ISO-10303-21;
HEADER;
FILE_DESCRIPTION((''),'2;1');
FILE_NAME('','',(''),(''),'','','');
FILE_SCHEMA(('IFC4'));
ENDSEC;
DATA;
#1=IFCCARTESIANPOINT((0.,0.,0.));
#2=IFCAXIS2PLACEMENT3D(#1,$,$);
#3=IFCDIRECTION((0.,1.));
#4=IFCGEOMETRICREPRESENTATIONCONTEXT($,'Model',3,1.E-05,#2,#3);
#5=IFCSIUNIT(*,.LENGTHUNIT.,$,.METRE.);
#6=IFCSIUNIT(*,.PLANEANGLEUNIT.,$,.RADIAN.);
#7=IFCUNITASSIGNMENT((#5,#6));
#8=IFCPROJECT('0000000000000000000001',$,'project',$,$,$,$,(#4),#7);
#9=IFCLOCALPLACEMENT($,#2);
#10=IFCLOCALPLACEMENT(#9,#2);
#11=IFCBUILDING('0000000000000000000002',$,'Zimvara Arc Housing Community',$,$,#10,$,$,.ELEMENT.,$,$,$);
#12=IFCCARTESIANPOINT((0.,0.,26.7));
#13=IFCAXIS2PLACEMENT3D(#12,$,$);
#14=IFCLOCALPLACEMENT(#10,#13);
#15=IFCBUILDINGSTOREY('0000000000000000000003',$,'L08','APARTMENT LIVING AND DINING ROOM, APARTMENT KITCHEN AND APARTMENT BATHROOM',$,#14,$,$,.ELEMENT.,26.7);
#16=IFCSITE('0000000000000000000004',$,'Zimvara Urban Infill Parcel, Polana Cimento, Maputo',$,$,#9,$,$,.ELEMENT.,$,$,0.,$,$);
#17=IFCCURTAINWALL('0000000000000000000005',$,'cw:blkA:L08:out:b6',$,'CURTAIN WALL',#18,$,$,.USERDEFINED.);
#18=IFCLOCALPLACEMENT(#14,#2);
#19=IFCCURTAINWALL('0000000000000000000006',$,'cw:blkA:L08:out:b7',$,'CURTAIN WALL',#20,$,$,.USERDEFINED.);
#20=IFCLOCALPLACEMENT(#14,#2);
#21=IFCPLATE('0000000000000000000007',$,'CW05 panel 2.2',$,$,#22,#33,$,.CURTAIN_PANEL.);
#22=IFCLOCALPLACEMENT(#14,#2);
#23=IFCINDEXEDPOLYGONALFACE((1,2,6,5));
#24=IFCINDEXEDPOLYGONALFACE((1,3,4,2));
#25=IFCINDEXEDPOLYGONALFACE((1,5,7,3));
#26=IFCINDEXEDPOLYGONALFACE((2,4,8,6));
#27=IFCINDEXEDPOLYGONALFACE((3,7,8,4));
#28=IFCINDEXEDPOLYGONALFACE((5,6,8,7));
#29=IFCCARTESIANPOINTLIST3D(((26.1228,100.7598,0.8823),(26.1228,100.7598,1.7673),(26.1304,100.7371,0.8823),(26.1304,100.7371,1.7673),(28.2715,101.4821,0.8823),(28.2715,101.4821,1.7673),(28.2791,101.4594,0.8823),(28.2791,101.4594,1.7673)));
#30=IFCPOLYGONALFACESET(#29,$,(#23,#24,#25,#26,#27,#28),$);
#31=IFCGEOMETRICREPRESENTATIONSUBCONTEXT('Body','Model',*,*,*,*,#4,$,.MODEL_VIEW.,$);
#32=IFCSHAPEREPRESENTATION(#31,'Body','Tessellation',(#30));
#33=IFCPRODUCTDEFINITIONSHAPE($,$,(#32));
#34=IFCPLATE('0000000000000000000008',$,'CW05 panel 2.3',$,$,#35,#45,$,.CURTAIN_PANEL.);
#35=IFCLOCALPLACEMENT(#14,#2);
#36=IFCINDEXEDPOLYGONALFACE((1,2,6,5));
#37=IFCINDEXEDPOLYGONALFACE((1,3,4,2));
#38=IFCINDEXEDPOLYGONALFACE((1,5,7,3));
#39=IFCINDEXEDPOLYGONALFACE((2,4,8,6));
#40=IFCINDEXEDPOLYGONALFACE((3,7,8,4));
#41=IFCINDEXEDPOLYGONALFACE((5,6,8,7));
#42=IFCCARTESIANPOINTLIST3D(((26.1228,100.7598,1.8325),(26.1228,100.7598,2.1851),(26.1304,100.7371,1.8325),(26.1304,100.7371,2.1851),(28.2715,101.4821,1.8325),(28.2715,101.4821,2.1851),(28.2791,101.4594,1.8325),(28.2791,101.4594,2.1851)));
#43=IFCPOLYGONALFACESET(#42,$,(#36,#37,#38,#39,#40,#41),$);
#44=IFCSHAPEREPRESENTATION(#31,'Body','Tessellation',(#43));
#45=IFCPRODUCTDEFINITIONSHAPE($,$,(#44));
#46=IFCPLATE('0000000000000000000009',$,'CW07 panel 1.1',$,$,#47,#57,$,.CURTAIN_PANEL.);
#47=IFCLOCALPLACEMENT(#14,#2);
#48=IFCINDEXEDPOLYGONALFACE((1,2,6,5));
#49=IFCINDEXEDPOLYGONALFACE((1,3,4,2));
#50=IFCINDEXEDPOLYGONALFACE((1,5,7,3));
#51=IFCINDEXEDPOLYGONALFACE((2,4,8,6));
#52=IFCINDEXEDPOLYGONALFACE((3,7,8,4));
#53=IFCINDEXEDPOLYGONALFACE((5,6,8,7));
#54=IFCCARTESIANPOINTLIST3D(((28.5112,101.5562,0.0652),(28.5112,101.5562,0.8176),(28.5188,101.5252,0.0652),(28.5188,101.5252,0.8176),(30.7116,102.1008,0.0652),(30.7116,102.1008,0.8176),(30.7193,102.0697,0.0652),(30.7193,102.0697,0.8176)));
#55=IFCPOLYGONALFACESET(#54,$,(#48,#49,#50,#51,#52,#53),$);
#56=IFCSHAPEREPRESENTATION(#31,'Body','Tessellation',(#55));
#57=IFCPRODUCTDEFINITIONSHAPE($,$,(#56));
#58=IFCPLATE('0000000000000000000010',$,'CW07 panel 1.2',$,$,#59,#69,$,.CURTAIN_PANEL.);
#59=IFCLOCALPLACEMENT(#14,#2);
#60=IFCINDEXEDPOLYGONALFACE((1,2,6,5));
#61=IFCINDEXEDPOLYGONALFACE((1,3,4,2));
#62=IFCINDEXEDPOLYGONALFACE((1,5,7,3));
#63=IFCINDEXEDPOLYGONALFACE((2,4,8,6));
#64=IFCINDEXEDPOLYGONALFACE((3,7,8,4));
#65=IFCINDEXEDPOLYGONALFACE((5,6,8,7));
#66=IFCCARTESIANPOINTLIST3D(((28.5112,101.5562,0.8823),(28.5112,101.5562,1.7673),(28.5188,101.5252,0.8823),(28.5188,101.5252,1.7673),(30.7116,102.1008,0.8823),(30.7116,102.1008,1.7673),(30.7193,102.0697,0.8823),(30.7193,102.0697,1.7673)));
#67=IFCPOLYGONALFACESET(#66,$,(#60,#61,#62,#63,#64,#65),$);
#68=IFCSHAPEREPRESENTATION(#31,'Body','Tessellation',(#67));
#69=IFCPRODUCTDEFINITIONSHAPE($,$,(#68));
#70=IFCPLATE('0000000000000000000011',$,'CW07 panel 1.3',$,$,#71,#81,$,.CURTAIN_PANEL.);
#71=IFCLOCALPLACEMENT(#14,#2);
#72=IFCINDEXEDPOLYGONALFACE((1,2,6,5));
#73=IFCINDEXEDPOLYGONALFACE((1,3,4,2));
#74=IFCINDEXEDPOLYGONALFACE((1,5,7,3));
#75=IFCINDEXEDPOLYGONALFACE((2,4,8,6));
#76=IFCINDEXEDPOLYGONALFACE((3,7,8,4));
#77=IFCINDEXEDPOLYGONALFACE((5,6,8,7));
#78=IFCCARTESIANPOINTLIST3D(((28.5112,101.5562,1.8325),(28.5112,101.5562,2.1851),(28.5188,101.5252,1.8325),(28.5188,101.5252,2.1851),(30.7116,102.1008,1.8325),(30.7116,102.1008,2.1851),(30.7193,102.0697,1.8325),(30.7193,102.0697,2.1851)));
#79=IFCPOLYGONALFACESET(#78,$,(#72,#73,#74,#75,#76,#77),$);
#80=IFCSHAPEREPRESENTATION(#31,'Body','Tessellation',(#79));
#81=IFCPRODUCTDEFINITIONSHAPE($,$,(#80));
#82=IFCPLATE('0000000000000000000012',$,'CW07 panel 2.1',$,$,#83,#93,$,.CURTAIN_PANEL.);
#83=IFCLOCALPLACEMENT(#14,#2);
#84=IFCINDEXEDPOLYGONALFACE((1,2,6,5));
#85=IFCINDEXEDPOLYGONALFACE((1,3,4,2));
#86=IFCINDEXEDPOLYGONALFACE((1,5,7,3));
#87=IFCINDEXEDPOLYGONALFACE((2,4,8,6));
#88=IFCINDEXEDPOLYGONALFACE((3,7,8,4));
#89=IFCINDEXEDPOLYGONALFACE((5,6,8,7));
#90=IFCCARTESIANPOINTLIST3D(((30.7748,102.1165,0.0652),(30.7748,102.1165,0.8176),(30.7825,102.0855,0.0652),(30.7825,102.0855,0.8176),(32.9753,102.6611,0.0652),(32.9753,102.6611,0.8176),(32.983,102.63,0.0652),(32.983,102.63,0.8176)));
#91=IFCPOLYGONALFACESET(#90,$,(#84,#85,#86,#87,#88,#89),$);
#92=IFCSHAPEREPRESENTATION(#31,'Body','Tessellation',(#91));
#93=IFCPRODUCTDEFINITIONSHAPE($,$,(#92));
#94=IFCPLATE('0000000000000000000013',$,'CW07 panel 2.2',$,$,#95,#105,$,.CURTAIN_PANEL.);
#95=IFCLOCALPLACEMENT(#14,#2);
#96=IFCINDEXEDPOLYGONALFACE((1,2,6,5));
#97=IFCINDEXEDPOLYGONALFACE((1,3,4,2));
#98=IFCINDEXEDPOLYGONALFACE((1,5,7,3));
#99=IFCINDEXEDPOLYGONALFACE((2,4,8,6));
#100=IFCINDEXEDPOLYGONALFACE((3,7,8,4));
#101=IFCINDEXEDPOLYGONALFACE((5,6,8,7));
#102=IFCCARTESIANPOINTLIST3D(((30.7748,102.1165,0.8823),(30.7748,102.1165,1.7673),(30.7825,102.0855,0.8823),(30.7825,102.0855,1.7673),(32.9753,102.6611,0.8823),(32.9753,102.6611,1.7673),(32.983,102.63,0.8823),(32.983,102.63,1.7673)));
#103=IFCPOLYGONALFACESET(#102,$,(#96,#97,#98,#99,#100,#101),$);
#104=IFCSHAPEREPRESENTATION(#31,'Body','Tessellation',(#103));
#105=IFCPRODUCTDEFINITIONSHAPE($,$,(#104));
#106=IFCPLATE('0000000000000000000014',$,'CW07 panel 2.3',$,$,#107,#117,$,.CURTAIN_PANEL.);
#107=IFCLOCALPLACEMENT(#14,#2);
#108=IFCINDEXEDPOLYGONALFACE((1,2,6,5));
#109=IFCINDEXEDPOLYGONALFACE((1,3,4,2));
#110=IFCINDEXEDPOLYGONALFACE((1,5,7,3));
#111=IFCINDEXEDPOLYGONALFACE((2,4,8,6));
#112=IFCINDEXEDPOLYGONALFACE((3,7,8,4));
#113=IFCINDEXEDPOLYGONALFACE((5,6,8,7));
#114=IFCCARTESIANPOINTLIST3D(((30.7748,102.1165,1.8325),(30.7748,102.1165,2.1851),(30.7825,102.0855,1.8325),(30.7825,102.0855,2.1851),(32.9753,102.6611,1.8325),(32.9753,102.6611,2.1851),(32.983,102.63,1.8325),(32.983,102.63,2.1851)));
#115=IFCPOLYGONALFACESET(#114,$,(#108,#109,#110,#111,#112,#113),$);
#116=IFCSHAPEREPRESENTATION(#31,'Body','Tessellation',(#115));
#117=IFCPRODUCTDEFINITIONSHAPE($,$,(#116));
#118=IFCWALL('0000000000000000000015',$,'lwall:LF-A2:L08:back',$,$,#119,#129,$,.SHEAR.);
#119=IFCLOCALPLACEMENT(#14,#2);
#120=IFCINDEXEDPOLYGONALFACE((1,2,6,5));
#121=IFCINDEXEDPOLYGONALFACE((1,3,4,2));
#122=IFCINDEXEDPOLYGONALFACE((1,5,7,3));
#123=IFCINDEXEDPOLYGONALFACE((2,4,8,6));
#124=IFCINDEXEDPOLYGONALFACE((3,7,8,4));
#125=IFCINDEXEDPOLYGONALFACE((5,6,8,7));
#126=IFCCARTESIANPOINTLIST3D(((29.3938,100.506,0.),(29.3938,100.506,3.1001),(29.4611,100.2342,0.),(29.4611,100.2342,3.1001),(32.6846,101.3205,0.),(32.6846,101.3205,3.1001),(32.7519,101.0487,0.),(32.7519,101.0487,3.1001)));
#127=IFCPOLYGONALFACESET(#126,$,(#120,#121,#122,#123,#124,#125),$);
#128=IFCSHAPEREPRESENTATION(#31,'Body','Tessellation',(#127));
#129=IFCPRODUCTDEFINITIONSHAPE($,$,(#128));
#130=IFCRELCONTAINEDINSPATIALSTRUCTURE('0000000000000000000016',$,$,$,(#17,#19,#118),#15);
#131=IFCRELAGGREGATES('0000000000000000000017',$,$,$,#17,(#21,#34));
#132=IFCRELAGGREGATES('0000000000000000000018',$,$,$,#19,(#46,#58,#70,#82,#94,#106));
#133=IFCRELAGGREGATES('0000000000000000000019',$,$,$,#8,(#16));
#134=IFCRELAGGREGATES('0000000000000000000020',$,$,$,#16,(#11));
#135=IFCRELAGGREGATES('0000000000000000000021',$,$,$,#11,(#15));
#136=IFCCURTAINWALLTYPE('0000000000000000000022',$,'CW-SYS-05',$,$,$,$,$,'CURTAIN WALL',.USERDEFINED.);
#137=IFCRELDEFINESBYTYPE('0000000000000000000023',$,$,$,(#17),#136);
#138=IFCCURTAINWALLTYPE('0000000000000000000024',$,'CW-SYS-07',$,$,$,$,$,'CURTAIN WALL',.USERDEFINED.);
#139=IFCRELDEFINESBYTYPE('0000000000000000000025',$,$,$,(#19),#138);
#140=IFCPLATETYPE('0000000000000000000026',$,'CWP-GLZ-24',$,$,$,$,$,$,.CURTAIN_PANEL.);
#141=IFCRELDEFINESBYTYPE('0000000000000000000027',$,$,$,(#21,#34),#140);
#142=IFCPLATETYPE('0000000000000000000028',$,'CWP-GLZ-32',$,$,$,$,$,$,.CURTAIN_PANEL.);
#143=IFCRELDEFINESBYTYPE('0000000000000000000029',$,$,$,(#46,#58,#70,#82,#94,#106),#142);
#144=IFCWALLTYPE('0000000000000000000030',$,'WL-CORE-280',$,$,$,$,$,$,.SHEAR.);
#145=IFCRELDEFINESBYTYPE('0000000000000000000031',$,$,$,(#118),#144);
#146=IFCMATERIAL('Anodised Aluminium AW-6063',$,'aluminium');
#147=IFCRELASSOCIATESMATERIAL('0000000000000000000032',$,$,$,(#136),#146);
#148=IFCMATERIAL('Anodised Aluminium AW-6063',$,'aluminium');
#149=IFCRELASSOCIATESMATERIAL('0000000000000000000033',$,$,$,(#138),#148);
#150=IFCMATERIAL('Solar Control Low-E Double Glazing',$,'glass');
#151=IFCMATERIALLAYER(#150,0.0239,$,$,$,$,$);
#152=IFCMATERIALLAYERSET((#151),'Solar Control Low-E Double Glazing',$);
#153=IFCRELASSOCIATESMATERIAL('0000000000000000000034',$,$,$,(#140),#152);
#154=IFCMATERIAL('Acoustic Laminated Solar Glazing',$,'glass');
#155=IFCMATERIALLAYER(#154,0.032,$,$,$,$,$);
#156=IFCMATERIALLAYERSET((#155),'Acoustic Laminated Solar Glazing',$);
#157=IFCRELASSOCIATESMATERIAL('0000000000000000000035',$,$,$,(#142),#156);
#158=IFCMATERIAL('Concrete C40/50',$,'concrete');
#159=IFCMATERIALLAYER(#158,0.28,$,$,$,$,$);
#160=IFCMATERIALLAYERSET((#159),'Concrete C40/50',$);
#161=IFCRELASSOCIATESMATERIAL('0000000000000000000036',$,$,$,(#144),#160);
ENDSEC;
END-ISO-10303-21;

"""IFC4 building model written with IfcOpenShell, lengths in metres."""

from ifc_helpers import new_model, si_unit, direction, frame, frame_2d, origin, origin_2d, place, context, subcontext, project, spatial, rectangle, extrude, material, layer, layer_set, type_object, element, aggregate, save


model = new_model("IFC4")

# Units and contexts
model_context = context("Model", 3, precision=1e-05, world=origin(), true_north=direction((0.0, 1.0)))
body_context = subcontext(model_context, "Body", "Model", "MODEL_VIEW")
ifc_project = project(units=[si_unit("LENGTHUNIT", "METRE"), si_unit("PLANEANGLEUNIT", "RADIAN")], contexts=[model_context])

# Site, building, storey
site_placement = place(None, origin())
site = spatial("IfcSite", under=ifc_project, at=site_placement, Name="Zimvara Urban Infill Parcel, Polana Cimento, Maputo", CompositionType="ELEMENT", RefElevation=0.0)
building_placement = place(site_placement, origin())
building = spatial("IfcBuilding", under=site, at=building_placement, Name="Zimvara Arc Housing Community", CompositionType="ELEMENT")
storey_placement = place(building_placement, frame((0.0, 0.0, 26.7)))
storey = spatial("IfcBuildingStorey", under=building, at=storey_placement, Name="L08", Description="APARTMENT LIVING AND DINING ROOM, APARTMENT KITCHEN AND APARTMENT BATHROOM", CompositionType="ELEMENT", Elevation=26.7)

# Curtain wall
ifc_material_1 = material(Name="Anodised Aluminium AW-6063", Category="aluminium")
curtain_wall_type_1 = type_object("IfcCurtainWallType", Name="CW-SYS-05", ElementType="CURTAIN WALL", PredefinedType="USERDEFINED", material=ifc_material_1)
curtain_wall_1_placement = place(storey_placement, origin())
curtain_wall_1 = element("IfcCurtainWall", 1, at=curtain_wall_1_placement, inside=storey, type_object=curtain_wall_type_1, Name="cw:blkA:L08:out:b6", ObjectType="CURTAIN WALL", PredefinedType="USERDEFINED")

# Curtain wall
ifc_material_2 = material(Name="Anodised Aluminium AW-6063", Category="aluminium")
curtain_wall_type_2 = type_object("IfcCurtainWallType", Name="CW-SYS-07", ElementType="CURTAIN WALL", PredefinedType="USERDEFINED", material=ifc_material_2)
curtain_wall_2_placement = place(storey_placement, origin())
curtain_wall_2 = element("IfcCurtainWall", 2, at=curtain_wall_2_placement, inside=storey, type_object=curtain_wall_type_2, Name="cw:blkA:L08:out:b7", ObjectType="CURTAIN WALL", PredefinedType="USERDEFINED")

# Plates
ifc_material_3 = material(Name="Solar Control Low-E Double Glazing", Category="glass")
ifc_layer_1 = layer(ifc_material_3, 0.0239)
ifc_layer_set_1 = layer_set([ifc_layer_1], Name="Solar Control Low-E Double Glazing")
plate_type_1 = type_object("IfcPlateType", Name="CWP-GLZ-24", PredefinedType="CURTAIN_PANEL", material=ifc_layer_set_1)
plate_1_placement = place(storey_placement, frame((27.2009, 101.1096, 0.8823), z_axis=(0.0, 0.0, 1.0), x_axis=(0.94788, 0.318629, 0.0)))
plate_1 = element("IfcPlate", 3, at=plate_1_placement, type_object=plate_type_1, Name="CW05 panel 2.2", PredefinedType="CURTAIN_PANEL", context=body_context, shape_type="SweptSolid", body=[
    extrude(rectangle(XDim=2.2668, YDim=0.0239, at=origin_2d()), origin(), (0.0, 0.0, 1.0), 0.885),
])
plate_2_placement = place(storey_placement, frame((27.2009, 101.1096, 1.8325), z_axis=(0.0, 0.0, 1.0), x_axis=(0.94788, 0.318629, 0.0)))
plate_2 = element("IfcPlate", 4, at=plate_2_placement, type_object=plate_type_1, Name="CW05 panel 2.3", PredefinedType="CURTAIN_PANEL", context=body_context, shape_type="SweptSolid", body=[
    extrude(rectangle(XDim=2.2668, YDim=0.0239, at=origin_2d()), origin(), (0.0, 0.0, 1.0), 0.3525),
])
aggregate(curtain_wall_1, [plate_1, plate_2])
ifc_material_4 = material(Name="Acoustic Laminated Solar Glazing", Category="glass")
ifc_layer_2 = layer(ifc_material_4, 0.032)
ifc_layer_set_2 = layer_set([ifc_layer_2], Name="Acoustic Laminated Solar Glazing")
plate_type_2 = type_object("IfcPlateType", Name="CWP-GLZ-32", PredefinedType="CURTAIN_PANEL", material=ifc_layer_set_2)
plate_3_placement = place(storey_placement, frame((29.6152, 101.813, 0.0652), z_axis=(0.0, 0.0, 1.0), x_axis=(0.970716, 0.24023, 0.0)))
plate_3 = element("IfcPlate", 5, at=plate_3_placement, type_object=plate_type_2, Name="CW07 panel 1.1", PredefinedType="CURTAIN_PANEL", context=body_context, shape_type="SweptSolid", body=[
    extrude(rectangle(XDim=2.2668, YDim=0.032, at=origin_2d()), origin(), (0.0, 0.0, 1.0), 0.7524),
])
plate_4_placement = place(storey_placement, frame((29.6152, 101.813, 0.8823), z_axis=(0.0, 0.0, 1.0), x_axis=(0.970716, 0.24023, 0.0)))
plate_4 = element("IfcPlate", 6, at=plate_4_placement, type_object=plate_type_2, Name="CW07 panel 1.2", PredefinedType="CURTAIN_PANEL", context=body_context, shape_type="SweptSolid", body=[
    extrude(rectangle(XDim=2.2668, YDim=0.032, at=origin_2d()), origin(), (0.0, 0.0, 1.0), 0.885),
])
plate_5_placement = place(storey_placement, frame((29.6152, 101.813, 1.8325), z_axis=(0.0, 0.0, 1.0), x_axis=(0.970716, 0.24023, 0.0)))
plate_5 = element("IfcPlate", 7, at=plate_5_placement, type_object=plate_type_2, Name="CW07 panel 1.3", PredefinedType="CURTAIN_PANEL", context=body_context, shape_type="SweptSolid", body=[
    extrude(rectangle(XDim=2.2668, YDim=0.032, at=origin_2d()), origin(), (0.0, 0.0, 1.0), 0.3525),
])
plate_6_placement = place(storey_placement, frame((31.8789, 102.3733, 0.0652), z_axis=(0.0, 0.0, 1.0), x_axis=(0.970716, 0.24023, 0.0)))
plate_6 = element("IfcPlate", 8, at=plate_6_placement, type_object=plate_type_2, Name="CW07 panel 2.1", PredefinedType="CURTAIN_PANEL", context=body_context, shape_type="SweptSolid", body=[
    extrude(rectangle(XDim=2.2668, YDim=0.032, at=origin_2d()), origin(), (0.0, 0.0, 1.0), 0.7524),
])
plate_7_placement = place(storey_placement, frame((31.8789, 102.3733, 0.8823), z_axis=(0.0, 0.0, 1.0), x_axis=(0.970716, 0.24023, 0.0)))
plate_7 = element("IfcPlate", 9, at=plate_7_placement, type_object=plate_type_2, Name="CW07 panel 2.2", PredefinedType="CURTAIN_PANEL", context=body_context, shape_type="SweptSolid", body=[
    extrude(rectangle(XDim=2.2668, YDim=0.032, at=origin_2d()), origin(), (0.0, 0.0, 1.0), 0.885),
])
plate_8_placement = place(storey_placement, frame((31.8789, 102.3733, 1.8325), z_axis=(0.0, 0.0, 1.0), x_axis=(0.970716, 0.24023, 0.0)))
plate_8 = element("IfcPlate", 10, at=plate_8_placement, type_object=plate_type_2, Name="CW07 panel 2.3", PredefinedType="CURTAIN_PANEL", context=body_context, shape_type="SweptSolid", body=[
    extrude(rectangle(XDim=2.2668, YDim=0.032, at=origin_2d()), origin(), (0.0, 0.0, 1.0), 0.3525),
])
aggregate(curtain_wall_2, [plate_3, plate_4, plate_5, plate_6, plate_7, plate_8])

# Wall
ifc_material_5 = material(Name="Concrete C40/50", Category="concrete")
ifc_layer_3 = layer(ifc_material_5, 0.28)
ifc_layer_set_3 = layer_set([ifc_layer_3], Name="Concrete C40/50")
wall_type = type_object("IfcWallType", Name="WL-CORE-280", PredefinedType="SHEAR", material=ifc_layer_set_3)
wall_placement = place(storey_placement, frame((32.7183, 101.1846, 0.0), z_axis=(0.0, 0.0, 1.0), x_axis=(-0.970712, -0.240247, 0.0)))
element("IfcWall", 11, at=wall_placement, inside=storey, type_object=wall_type, Name="lwall:LF-A2:L08:back", PredefinedType="SHEAR", context=body_context, shape_type="SweptSolid", body=[
    extrude(rectangle(XDim=3.3901, YDim=0.28, at=frame_2d((1.6951, 0.0))), origin(), (0.0, 0.0, 1.0), 3.1001),
])

save(model, "model.ifc")
